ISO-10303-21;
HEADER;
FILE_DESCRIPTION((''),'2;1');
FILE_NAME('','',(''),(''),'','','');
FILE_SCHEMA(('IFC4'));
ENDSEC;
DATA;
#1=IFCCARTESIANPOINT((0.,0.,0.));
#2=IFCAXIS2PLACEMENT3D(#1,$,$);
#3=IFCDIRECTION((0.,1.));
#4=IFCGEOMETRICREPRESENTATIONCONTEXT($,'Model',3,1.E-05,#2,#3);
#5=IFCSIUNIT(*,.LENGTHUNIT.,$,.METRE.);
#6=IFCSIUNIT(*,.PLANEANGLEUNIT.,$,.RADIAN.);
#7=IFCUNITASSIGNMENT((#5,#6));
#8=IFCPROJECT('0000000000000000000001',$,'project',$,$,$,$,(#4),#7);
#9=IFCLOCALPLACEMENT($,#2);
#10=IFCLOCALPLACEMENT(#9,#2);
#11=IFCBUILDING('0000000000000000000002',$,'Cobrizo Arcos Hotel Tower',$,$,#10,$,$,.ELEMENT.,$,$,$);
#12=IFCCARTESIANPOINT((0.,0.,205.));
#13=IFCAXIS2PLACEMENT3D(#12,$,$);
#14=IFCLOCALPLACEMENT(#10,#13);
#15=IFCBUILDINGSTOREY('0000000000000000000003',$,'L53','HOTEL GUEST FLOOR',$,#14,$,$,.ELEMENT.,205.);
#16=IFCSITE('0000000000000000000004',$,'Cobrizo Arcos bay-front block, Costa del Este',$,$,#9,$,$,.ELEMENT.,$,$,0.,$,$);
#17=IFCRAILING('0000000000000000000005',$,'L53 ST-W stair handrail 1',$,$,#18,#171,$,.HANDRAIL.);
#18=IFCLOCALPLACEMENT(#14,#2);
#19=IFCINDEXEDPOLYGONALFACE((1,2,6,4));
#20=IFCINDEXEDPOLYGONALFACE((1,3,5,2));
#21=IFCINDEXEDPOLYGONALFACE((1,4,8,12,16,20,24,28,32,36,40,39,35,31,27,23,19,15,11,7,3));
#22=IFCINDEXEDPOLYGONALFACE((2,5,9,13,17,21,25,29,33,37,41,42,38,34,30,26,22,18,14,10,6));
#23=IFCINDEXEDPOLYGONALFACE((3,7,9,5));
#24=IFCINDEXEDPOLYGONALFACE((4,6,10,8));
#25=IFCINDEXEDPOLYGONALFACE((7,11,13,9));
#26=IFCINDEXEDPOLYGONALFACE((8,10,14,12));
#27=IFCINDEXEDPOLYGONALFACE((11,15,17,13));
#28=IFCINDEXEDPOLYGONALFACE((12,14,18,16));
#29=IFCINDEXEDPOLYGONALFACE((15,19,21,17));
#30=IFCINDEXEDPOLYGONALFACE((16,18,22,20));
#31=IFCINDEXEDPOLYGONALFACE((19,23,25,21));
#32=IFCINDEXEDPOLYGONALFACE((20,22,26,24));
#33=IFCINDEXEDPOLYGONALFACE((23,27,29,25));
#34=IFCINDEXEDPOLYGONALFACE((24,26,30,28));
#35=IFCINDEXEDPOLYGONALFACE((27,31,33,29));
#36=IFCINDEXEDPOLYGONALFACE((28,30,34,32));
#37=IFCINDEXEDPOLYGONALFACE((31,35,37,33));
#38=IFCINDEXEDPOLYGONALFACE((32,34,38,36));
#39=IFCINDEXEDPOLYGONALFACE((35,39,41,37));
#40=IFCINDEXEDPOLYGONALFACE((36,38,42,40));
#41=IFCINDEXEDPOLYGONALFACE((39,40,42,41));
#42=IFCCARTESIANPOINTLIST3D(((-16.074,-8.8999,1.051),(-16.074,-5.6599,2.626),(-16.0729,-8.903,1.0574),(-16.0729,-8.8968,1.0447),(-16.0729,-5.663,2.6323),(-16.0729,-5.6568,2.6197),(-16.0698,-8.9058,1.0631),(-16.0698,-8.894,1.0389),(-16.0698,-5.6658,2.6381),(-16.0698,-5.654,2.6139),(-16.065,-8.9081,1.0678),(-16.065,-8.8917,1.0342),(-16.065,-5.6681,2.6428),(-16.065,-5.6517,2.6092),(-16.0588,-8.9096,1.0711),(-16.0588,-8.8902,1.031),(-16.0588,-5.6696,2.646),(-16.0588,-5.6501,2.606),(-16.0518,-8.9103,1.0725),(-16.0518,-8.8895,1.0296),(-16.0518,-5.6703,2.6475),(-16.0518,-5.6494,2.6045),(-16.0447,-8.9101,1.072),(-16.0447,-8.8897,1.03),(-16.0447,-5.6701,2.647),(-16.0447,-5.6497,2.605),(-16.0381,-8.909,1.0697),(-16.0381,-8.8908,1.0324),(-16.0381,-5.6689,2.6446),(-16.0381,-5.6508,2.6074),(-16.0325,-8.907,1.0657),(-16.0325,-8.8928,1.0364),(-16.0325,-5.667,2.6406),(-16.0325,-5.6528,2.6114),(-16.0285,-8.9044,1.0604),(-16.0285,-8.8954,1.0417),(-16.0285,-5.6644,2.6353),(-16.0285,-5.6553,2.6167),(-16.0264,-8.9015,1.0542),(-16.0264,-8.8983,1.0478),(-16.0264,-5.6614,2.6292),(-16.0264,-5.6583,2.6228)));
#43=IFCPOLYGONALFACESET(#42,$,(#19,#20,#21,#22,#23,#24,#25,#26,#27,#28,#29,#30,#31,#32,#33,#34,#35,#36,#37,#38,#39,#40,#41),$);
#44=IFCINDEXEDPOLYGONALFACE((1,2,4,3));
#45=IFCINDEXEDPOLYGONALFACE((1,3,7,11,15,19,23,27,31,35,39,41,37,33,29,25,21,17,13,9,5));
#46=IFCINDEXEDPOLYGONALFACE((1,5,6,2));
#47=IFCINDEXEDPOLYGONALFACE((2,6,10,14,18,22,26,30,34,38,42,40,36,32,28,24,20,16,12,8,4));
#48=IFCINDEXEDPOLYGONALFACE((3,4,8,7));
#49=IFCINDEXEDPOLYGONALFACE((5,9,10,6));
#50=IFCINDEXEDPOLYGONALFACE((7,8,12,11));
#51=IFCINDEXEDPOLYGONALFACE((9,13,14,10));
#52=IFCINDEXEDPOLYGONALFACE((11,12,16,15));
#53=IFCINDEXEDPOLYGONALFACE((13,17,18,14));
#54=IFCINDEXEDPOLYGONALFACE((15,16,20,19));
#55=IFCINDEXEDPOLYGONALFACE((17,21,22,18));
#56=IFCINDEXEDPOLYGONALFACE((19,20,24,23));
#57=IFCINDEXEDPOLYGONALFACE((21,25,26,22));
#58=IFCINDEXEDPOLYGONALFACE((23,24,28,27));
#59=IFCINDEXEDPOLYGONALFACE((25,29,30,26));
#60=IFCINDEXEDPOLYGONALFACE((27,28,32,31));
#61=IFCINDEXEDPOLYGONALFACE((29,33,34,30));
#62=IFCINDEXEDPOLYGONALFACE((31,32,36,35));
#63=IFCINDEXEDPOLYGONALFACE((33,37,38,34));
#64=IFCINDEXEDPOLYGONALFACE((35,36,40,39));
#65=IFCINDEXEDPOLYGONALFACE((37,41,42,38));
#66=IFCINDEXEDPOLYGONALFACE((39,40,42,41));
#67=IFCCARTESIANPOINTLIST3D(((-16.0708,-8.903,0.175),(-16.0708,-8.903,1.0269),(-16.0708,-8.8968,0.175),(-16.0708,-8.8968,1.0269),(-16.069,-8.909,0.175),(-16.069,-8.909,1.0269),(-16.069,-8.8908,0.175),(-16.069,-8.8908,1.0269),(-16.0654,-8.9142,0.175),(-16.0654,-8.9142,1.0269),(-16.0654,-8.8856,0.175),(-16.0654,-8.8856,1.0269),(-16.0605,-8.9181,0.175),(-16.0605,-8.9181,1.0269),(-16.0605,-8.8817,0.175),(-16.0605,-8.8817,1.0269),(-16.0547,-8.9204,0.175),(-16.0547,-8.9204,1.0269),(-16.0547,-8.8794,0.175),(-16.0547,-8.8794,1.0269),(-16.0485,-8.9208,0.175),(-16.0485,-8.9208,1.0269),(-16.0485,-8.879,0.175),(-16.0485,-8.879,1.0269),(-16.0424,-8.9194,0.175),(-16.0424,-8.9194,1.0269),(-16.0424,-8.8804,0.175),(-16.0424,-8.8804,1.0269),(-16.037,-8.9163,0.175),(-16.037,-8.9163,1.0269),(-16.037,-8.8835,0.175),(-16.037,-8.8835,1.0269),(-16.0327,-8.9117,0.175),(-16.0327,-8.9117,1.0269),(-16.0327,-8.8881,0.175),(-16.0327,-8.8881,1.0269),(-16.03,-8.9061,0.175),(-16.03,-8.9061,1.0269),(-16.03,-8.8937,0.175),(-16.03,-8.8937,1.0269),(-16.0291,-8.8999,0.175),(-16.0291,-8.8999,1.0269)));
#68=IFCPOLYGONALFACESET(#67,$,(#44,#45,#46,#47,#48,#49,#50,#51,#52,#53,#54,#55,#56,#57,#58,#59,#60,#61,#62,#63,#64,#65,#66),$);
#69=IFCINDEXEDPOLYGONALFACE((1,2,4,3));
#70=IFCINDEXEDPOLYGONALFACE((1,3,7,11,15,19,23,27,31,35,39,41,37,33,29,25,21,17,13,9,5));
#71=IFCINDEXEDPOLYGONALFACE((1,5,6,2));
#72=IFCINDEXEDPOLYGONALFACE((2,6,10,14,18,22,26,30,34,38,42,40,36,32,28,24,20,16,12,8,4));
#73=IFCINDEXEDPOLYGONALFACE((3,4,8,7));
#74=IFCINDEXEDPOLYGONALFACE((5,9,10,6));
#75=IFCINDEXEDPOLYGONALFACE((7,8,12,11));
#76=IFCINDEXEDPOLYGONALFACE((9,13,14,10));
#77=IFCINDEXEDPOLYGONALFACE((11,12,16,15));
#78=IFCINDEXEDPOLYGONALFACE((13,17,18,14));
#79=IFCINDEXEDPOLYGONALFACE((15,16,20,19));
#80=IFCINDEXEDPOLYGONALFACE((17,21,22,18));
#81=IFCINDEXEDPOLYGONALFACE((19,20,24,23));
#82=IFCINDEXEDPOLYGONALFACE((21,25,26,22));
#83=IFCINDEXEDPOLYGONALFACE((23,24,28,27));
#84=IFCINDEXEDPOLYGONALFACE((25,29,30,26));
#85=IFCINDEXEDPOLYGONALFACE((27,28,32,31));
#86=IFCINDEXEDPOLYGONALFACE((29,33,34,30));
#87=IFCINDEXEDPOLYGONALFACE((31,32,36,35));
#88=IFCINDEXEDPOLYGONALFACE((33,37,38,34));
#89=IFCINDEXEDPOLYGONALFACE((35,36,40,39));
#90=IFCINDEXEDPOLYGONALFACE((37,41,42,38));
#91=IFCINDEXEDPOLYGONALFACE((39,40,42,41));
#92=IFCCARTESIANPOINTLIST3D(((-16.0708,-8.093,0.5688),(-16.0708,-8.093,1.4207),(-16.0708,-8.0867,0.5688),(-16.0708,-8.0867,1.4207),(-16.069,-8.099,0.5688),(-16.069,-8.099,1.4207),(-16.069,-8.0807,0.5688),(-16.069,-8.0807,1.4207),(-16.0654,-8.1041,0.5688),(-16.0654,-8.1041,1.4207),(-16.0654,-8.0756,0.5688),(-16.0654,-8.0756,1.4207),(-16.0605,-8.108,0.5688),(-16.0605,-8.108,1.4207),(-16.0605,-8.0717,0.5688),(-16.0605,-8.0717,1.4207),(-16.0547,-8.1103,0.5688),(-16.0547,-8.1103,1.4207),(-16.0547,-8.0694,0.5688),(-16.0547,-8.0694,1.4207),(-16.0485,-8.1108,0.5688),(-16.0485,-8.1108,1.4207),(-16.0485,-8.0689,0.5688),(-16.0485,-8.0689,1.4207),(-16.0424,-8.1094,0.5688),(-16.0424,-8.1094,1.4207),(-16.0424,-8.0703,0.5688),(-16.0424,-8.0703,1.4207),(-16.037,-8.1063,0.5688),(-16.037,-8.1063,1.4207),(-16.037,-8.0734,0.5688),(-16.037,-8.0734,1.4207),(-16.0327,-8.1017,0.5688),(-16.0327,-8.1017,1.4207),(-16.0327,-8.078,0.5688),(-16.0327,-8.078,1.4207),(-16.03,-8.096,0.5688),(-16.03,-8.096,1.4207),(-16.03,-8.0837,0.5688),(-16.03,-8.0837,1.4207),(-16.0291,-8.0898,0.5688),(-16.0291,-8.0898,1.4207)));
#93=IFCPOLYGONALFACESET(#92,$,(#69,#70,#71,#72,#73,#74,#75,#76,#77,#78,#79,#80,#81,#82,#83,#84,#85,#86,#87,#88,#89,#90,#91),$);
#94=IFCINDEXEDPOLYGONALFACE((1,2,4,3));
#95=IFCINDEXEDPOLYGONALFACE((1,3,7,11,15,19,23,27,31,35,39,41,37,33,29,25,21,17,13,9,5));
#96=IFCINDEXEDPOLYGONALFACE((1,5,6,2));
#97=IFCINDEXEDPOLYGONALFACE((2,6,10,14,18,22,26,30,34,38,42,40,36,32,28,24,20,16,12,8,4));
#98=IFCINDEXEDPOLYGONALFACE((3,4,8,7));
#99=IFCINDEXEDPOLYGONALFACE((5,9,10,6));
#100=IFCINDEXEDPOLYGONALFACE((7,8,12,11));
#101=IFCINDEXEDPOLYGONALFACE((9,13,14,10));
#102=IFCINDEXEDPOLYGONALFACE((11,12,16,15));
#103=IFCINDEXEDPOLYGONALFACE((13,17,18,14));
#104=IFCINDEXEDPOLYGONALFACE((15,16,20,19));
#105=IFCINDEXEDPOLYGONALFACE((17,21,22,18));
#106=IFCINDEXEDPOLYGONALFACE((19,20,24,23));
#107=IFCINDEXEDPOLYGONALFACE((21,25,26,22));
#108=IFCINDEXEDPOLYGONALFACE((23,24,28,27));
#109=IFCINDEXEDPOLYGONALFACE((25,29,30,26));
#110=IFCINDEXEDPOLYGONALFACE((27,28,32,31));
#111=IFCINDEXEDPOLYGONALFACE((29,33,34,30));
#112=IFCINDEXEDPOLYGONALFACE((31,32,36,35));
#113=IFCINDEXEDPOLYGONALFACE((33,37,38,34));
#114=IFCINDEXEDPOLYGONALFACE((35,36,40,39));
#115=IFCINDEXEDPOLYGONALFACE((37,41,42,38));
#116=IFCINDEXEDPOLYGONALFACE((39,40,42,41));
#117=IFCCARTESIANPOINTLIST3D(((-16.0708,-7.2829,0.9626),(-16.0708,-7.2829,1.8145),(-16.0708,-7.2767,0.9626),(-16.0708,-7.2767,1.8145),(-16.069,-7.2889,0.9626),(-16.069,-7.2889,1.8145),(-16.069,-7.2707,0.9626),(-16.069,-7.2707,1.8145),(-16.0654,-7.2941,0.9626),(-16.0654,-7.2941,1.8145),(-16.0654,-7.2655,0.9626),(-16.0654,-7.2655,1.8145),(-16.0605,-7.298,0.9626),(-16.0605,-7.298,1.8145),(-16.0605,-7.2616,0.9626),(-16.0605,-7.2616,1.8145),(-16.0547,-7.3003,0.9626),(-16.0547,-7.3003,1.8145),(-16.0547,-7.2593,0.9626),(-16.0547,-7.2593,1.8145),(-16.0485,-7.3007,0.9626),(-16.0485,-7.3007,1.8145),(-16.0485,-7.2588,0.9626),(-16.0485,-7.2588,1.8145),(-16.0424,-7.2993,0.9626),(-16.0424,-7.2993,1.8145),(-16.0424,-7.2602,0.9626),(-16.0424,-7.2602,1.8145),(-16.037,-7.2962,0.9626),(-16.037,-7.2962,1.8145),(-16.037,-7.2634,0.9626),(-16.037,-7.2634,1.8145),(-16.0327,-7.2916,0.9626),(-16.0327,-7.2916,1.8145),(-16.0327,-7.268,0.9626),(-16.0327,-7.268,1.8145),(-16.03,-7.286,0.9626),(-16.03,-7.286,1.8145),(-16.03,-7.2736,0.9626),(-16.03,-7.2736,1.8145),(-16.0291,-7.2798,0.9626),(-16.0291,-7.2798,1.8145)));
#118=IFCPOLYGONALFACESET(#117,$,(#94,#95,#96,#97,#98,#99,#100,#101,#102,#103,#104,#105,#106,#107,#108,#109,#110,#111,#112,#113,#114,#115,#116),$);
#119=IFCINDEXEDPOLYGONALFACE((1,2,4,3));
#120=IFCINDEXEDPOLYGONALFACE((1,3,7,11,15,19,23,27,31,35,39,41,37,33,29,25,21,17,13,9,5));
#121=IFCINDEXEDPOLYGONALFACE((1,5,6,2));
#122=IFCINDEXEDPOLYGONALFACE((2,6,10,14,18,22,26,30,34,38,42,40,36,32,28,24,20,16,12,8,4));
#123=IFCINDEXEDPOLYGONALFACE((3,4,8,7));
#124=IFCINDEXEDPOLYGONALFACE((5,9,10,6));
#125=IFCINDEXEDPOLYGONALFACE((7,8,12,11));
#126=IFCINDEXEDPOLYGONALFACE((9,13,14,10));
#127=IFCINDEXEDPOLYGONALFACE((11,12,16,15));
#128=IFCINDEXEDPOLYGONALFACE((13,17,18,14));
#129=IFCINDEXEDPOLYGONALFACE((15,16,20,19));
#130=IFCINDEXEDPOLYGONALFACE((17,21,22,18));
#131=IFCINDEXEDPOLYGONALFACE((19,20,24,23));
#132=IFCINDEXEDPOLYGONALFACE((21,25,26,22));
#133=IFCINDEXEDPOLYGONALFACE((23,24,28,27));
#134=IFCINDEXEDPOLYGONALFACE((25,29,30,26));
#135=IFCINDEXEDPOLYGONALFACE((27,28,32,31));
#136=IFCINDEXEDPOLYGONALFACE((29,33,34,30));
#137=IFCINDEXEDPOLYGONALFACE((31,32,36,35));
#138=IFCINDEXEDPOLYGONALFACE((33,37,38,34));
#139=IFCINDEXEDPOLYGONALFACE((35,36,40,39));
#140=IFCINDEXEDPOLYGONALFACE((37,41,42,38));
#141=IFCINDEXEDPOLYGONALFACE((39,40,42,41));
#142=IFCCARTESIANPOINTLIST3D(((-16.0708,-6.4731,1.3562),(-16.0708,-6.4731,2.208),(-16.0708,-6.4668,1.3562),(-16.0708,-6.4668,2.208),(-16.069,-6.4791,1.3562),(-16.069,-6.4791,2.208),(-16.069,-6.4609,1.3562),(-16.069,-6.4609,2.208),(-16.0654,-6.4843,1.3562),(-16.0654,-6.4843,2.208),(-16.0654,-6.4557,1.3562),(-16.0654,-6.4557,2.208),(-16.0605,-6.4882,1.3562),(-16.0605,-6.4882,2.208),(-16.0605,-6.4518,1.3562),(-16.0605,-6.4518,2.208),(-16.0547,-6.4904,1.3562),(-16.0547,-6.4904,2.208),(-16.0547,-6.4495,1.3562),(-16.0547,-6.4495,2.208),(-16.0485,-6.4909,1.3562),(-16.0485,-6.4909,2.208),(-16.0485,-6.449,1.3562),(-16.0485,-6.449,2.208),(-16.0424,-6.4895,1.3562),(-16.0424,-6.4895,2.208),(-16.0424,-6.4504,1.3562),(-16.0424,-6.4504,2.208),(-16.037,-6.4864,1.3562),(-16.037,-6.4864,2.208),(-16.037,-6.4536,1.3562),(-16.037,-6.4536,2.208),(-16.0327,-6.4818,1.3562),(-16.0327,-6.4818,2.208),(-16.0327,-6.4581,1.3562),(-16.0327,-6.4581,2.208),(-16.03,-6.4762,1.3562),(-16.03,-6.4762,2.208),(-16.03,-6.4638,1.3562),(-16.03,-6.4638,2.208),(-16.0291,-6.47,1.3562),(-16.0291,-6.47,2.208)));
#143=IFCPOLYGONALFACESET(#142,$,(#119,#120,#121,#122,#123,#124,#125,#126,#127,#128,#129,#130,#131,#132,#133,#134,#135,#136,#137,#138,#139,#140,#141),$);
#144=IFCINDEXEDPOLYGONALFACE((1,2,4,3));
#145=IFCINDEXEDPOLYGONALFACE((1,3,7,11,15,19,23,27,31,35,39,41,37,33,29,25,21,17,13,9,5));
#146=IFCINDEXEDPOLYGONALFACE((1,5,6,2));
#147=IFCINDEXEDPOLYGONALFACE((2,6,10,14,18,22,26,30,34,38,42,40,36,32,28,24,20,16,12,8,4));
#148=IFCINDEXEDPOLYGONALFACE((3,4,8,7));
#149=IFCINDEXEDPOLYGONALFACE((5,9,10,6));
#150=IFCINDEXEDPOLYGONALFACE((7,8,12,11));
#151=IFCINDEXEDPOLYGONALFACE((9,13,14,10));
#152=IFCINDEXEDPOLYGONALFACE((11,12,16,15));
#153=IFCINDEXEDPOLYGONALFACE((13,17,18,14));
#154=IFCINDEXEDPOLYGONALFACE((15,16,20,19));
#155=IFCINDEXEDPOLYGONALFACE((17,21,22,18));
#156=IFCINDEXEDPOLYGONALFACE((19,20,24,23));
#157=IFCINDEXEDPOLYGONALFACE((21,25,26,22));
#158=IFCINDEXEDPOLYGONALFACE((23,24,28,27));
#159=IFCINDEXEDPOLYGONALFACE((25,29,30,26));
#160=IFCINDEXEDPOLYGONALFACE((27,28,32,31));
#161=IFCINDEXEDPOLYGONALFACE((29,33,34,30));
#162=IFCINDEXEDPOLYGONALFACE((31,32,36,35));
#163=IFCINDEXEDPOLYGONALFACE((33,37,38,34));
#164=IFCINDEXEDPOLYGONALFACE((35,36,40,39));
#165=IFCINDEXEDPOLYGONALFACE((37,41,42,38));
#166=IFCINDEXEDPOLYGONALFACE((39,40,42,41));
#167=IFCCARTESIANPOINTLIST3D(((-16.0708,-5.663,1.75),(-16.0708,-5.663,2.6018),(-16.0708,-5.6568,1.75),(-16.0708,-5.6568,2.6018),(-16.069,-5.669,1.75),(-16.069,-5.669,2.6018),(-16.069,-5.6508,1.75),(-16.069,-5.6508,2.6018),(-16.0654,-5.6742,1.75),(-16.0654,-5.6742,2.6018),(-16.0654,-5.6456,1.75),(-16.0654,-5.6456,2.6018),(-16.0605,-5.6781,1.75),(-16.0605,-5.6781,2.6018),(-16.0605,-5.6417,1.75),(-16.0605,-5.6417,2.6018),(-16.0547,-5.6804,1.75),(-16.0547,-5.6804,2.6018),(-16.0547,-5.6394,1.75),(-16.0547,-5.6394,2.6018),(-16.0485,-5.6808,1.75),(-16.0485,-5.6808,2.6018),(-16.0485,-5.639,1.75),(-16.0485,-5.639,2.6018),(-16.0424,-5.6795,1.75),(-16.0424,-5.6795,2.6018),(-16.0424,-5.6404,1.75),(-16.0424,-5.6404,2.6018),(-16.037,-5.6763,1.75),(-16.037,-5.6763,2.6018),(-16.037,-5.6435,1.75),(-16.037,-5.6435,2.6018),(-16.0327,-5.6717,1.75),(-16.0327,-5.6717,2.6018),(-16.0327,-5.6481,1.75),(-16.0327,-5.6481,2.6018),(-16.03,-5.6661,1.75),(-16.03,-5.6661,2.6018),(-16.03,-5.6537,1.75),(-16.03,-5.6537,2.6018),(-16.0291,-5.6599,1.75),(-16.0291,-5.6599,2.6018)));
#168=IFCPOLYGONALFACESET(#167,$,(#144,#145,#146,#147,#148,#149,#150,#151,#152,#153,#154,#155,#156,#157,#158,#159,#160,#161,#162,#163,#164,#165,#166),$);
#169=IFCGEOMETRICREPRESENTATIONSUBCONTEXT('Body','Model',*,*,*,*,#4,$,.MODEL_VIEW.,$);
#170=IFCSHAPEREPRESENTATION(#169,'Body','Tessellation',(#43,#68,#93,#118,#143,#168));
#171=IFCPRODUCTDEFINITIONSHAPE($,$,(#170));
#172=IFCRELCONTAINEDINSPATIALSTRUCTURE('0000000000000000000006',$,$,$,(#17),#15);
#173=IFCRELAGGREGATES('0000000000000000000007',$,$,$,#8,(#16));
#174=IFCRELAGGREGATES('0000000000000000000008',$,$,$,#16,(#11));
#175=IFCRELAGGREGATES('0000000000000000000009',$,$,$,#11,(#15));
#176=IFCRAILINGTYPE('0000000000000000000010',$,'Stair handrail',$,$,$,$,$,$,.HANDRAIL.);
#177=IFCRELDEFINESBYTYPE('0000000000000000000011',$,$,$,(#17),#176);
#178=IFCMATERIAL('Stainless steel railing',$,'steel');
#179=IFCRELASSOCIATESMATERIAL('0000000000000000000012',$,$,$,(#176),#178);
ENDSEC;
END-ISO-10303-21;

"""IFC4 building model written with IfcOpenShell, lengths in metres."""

from ifc_helpers import new_model, si_unit, direction, frame, origin, origin_2d, place, context, subcontext, project, spatial, circle, extrude, material, type_object, element, save


model = new_model("IFC4")

# Units and contexts
model_context = context("Model", 3, precision=1e-05, world=origin(), true_north=direction((0.0, 1.0)))
body_context = subcontext(model_context, "Body", "Model", "MODEL_VIEW")
ifc_project = project(units=[si_unit("LENGTHUNIT", "METRE"), si_unit("PLANEANGLEUNIT", "RADIAN")], contexts=[model_context])

# Site, building, storey
site_placement = place(None, origin())
site = spatial("IfcSite", under=ifc_project, at=site_placement, Name="Cobrizo Arcos bay-front block, Costa del Este", CompositionType="ELEMENT", RefElevation=0.0)
building_placement = place(site_placement, origin())
building = spatial("IfcBuilding", under=site, at=building_placement, Name="Cobrizo Arcos Hotel Tower", CompositionType="ELEMENT")
storey_placement = place(building_placement, frame((0.0, 0.0, 205.0)))
storey = spatial("IfcBuildingStorey", under=building, at=storey_placement, Name="L53", Description="HOTEL GUEST FLOOR", CompositionType="ELEMENT", Elevation=205.0)

# Railing
ifc_material_1 = material(Name="Stainless steel railing", Category="steel")
railing_type_1 = type_object("IfcRailingType", Name="Stair handrail", PredefinedType="HANDRAIL", material=ifc_material_1)
railing_1_placement = place(storey_placement, frame((-16.05, -8.8999, 0.175)))
element("IfcRailing", 1, at=railing_1_placement, inside=storey, type_object=railing_type_1, Name="L53 ST-W stair handrail 1", PredefinedType="HANDRAIL", context=body_context, shape_type="SweptSolid", body=[
    extrude(circle(Radius=0.0239, at=origin_2d()), frame((0.0, 0.0, 0.876), z_axis=(0.0, 0.899373, 0.437183), x_axis=(-1.0, 0.0, 0.0)), (0.0, 0.0, 1.0), 3.6025),
    extrude(circle(Radius=0.021, at=origin_2d()), origin(), (0.0, 0.0, 1.0), 0.8518),
    extrude(circle(Radius=0.021, at=origin_2d()), frame((0.0, 0.8101, 0.3938)), (0.0, 0.0, 1.0), 0.8518),
    extrude(circle(Radius=0.021, at=origin_2d()), frame((0.0, 1.6201, 0.7876)), (0.0, 0.0, 1.0), 0.8518),
    extrude(circle(Radius=0.021, at=origin_2d()), frame((0.0, 2.4299, 1.1812)), (0.0, 0.0, 1.0), 0.8518),
    extrude(circle(Radius=0.021, at=origin_2d()), frame((0.0, 3.24, 1.575)), (0.0, 0.0, 1.0), 0.8518),
])

save(model, "model.ifc")
